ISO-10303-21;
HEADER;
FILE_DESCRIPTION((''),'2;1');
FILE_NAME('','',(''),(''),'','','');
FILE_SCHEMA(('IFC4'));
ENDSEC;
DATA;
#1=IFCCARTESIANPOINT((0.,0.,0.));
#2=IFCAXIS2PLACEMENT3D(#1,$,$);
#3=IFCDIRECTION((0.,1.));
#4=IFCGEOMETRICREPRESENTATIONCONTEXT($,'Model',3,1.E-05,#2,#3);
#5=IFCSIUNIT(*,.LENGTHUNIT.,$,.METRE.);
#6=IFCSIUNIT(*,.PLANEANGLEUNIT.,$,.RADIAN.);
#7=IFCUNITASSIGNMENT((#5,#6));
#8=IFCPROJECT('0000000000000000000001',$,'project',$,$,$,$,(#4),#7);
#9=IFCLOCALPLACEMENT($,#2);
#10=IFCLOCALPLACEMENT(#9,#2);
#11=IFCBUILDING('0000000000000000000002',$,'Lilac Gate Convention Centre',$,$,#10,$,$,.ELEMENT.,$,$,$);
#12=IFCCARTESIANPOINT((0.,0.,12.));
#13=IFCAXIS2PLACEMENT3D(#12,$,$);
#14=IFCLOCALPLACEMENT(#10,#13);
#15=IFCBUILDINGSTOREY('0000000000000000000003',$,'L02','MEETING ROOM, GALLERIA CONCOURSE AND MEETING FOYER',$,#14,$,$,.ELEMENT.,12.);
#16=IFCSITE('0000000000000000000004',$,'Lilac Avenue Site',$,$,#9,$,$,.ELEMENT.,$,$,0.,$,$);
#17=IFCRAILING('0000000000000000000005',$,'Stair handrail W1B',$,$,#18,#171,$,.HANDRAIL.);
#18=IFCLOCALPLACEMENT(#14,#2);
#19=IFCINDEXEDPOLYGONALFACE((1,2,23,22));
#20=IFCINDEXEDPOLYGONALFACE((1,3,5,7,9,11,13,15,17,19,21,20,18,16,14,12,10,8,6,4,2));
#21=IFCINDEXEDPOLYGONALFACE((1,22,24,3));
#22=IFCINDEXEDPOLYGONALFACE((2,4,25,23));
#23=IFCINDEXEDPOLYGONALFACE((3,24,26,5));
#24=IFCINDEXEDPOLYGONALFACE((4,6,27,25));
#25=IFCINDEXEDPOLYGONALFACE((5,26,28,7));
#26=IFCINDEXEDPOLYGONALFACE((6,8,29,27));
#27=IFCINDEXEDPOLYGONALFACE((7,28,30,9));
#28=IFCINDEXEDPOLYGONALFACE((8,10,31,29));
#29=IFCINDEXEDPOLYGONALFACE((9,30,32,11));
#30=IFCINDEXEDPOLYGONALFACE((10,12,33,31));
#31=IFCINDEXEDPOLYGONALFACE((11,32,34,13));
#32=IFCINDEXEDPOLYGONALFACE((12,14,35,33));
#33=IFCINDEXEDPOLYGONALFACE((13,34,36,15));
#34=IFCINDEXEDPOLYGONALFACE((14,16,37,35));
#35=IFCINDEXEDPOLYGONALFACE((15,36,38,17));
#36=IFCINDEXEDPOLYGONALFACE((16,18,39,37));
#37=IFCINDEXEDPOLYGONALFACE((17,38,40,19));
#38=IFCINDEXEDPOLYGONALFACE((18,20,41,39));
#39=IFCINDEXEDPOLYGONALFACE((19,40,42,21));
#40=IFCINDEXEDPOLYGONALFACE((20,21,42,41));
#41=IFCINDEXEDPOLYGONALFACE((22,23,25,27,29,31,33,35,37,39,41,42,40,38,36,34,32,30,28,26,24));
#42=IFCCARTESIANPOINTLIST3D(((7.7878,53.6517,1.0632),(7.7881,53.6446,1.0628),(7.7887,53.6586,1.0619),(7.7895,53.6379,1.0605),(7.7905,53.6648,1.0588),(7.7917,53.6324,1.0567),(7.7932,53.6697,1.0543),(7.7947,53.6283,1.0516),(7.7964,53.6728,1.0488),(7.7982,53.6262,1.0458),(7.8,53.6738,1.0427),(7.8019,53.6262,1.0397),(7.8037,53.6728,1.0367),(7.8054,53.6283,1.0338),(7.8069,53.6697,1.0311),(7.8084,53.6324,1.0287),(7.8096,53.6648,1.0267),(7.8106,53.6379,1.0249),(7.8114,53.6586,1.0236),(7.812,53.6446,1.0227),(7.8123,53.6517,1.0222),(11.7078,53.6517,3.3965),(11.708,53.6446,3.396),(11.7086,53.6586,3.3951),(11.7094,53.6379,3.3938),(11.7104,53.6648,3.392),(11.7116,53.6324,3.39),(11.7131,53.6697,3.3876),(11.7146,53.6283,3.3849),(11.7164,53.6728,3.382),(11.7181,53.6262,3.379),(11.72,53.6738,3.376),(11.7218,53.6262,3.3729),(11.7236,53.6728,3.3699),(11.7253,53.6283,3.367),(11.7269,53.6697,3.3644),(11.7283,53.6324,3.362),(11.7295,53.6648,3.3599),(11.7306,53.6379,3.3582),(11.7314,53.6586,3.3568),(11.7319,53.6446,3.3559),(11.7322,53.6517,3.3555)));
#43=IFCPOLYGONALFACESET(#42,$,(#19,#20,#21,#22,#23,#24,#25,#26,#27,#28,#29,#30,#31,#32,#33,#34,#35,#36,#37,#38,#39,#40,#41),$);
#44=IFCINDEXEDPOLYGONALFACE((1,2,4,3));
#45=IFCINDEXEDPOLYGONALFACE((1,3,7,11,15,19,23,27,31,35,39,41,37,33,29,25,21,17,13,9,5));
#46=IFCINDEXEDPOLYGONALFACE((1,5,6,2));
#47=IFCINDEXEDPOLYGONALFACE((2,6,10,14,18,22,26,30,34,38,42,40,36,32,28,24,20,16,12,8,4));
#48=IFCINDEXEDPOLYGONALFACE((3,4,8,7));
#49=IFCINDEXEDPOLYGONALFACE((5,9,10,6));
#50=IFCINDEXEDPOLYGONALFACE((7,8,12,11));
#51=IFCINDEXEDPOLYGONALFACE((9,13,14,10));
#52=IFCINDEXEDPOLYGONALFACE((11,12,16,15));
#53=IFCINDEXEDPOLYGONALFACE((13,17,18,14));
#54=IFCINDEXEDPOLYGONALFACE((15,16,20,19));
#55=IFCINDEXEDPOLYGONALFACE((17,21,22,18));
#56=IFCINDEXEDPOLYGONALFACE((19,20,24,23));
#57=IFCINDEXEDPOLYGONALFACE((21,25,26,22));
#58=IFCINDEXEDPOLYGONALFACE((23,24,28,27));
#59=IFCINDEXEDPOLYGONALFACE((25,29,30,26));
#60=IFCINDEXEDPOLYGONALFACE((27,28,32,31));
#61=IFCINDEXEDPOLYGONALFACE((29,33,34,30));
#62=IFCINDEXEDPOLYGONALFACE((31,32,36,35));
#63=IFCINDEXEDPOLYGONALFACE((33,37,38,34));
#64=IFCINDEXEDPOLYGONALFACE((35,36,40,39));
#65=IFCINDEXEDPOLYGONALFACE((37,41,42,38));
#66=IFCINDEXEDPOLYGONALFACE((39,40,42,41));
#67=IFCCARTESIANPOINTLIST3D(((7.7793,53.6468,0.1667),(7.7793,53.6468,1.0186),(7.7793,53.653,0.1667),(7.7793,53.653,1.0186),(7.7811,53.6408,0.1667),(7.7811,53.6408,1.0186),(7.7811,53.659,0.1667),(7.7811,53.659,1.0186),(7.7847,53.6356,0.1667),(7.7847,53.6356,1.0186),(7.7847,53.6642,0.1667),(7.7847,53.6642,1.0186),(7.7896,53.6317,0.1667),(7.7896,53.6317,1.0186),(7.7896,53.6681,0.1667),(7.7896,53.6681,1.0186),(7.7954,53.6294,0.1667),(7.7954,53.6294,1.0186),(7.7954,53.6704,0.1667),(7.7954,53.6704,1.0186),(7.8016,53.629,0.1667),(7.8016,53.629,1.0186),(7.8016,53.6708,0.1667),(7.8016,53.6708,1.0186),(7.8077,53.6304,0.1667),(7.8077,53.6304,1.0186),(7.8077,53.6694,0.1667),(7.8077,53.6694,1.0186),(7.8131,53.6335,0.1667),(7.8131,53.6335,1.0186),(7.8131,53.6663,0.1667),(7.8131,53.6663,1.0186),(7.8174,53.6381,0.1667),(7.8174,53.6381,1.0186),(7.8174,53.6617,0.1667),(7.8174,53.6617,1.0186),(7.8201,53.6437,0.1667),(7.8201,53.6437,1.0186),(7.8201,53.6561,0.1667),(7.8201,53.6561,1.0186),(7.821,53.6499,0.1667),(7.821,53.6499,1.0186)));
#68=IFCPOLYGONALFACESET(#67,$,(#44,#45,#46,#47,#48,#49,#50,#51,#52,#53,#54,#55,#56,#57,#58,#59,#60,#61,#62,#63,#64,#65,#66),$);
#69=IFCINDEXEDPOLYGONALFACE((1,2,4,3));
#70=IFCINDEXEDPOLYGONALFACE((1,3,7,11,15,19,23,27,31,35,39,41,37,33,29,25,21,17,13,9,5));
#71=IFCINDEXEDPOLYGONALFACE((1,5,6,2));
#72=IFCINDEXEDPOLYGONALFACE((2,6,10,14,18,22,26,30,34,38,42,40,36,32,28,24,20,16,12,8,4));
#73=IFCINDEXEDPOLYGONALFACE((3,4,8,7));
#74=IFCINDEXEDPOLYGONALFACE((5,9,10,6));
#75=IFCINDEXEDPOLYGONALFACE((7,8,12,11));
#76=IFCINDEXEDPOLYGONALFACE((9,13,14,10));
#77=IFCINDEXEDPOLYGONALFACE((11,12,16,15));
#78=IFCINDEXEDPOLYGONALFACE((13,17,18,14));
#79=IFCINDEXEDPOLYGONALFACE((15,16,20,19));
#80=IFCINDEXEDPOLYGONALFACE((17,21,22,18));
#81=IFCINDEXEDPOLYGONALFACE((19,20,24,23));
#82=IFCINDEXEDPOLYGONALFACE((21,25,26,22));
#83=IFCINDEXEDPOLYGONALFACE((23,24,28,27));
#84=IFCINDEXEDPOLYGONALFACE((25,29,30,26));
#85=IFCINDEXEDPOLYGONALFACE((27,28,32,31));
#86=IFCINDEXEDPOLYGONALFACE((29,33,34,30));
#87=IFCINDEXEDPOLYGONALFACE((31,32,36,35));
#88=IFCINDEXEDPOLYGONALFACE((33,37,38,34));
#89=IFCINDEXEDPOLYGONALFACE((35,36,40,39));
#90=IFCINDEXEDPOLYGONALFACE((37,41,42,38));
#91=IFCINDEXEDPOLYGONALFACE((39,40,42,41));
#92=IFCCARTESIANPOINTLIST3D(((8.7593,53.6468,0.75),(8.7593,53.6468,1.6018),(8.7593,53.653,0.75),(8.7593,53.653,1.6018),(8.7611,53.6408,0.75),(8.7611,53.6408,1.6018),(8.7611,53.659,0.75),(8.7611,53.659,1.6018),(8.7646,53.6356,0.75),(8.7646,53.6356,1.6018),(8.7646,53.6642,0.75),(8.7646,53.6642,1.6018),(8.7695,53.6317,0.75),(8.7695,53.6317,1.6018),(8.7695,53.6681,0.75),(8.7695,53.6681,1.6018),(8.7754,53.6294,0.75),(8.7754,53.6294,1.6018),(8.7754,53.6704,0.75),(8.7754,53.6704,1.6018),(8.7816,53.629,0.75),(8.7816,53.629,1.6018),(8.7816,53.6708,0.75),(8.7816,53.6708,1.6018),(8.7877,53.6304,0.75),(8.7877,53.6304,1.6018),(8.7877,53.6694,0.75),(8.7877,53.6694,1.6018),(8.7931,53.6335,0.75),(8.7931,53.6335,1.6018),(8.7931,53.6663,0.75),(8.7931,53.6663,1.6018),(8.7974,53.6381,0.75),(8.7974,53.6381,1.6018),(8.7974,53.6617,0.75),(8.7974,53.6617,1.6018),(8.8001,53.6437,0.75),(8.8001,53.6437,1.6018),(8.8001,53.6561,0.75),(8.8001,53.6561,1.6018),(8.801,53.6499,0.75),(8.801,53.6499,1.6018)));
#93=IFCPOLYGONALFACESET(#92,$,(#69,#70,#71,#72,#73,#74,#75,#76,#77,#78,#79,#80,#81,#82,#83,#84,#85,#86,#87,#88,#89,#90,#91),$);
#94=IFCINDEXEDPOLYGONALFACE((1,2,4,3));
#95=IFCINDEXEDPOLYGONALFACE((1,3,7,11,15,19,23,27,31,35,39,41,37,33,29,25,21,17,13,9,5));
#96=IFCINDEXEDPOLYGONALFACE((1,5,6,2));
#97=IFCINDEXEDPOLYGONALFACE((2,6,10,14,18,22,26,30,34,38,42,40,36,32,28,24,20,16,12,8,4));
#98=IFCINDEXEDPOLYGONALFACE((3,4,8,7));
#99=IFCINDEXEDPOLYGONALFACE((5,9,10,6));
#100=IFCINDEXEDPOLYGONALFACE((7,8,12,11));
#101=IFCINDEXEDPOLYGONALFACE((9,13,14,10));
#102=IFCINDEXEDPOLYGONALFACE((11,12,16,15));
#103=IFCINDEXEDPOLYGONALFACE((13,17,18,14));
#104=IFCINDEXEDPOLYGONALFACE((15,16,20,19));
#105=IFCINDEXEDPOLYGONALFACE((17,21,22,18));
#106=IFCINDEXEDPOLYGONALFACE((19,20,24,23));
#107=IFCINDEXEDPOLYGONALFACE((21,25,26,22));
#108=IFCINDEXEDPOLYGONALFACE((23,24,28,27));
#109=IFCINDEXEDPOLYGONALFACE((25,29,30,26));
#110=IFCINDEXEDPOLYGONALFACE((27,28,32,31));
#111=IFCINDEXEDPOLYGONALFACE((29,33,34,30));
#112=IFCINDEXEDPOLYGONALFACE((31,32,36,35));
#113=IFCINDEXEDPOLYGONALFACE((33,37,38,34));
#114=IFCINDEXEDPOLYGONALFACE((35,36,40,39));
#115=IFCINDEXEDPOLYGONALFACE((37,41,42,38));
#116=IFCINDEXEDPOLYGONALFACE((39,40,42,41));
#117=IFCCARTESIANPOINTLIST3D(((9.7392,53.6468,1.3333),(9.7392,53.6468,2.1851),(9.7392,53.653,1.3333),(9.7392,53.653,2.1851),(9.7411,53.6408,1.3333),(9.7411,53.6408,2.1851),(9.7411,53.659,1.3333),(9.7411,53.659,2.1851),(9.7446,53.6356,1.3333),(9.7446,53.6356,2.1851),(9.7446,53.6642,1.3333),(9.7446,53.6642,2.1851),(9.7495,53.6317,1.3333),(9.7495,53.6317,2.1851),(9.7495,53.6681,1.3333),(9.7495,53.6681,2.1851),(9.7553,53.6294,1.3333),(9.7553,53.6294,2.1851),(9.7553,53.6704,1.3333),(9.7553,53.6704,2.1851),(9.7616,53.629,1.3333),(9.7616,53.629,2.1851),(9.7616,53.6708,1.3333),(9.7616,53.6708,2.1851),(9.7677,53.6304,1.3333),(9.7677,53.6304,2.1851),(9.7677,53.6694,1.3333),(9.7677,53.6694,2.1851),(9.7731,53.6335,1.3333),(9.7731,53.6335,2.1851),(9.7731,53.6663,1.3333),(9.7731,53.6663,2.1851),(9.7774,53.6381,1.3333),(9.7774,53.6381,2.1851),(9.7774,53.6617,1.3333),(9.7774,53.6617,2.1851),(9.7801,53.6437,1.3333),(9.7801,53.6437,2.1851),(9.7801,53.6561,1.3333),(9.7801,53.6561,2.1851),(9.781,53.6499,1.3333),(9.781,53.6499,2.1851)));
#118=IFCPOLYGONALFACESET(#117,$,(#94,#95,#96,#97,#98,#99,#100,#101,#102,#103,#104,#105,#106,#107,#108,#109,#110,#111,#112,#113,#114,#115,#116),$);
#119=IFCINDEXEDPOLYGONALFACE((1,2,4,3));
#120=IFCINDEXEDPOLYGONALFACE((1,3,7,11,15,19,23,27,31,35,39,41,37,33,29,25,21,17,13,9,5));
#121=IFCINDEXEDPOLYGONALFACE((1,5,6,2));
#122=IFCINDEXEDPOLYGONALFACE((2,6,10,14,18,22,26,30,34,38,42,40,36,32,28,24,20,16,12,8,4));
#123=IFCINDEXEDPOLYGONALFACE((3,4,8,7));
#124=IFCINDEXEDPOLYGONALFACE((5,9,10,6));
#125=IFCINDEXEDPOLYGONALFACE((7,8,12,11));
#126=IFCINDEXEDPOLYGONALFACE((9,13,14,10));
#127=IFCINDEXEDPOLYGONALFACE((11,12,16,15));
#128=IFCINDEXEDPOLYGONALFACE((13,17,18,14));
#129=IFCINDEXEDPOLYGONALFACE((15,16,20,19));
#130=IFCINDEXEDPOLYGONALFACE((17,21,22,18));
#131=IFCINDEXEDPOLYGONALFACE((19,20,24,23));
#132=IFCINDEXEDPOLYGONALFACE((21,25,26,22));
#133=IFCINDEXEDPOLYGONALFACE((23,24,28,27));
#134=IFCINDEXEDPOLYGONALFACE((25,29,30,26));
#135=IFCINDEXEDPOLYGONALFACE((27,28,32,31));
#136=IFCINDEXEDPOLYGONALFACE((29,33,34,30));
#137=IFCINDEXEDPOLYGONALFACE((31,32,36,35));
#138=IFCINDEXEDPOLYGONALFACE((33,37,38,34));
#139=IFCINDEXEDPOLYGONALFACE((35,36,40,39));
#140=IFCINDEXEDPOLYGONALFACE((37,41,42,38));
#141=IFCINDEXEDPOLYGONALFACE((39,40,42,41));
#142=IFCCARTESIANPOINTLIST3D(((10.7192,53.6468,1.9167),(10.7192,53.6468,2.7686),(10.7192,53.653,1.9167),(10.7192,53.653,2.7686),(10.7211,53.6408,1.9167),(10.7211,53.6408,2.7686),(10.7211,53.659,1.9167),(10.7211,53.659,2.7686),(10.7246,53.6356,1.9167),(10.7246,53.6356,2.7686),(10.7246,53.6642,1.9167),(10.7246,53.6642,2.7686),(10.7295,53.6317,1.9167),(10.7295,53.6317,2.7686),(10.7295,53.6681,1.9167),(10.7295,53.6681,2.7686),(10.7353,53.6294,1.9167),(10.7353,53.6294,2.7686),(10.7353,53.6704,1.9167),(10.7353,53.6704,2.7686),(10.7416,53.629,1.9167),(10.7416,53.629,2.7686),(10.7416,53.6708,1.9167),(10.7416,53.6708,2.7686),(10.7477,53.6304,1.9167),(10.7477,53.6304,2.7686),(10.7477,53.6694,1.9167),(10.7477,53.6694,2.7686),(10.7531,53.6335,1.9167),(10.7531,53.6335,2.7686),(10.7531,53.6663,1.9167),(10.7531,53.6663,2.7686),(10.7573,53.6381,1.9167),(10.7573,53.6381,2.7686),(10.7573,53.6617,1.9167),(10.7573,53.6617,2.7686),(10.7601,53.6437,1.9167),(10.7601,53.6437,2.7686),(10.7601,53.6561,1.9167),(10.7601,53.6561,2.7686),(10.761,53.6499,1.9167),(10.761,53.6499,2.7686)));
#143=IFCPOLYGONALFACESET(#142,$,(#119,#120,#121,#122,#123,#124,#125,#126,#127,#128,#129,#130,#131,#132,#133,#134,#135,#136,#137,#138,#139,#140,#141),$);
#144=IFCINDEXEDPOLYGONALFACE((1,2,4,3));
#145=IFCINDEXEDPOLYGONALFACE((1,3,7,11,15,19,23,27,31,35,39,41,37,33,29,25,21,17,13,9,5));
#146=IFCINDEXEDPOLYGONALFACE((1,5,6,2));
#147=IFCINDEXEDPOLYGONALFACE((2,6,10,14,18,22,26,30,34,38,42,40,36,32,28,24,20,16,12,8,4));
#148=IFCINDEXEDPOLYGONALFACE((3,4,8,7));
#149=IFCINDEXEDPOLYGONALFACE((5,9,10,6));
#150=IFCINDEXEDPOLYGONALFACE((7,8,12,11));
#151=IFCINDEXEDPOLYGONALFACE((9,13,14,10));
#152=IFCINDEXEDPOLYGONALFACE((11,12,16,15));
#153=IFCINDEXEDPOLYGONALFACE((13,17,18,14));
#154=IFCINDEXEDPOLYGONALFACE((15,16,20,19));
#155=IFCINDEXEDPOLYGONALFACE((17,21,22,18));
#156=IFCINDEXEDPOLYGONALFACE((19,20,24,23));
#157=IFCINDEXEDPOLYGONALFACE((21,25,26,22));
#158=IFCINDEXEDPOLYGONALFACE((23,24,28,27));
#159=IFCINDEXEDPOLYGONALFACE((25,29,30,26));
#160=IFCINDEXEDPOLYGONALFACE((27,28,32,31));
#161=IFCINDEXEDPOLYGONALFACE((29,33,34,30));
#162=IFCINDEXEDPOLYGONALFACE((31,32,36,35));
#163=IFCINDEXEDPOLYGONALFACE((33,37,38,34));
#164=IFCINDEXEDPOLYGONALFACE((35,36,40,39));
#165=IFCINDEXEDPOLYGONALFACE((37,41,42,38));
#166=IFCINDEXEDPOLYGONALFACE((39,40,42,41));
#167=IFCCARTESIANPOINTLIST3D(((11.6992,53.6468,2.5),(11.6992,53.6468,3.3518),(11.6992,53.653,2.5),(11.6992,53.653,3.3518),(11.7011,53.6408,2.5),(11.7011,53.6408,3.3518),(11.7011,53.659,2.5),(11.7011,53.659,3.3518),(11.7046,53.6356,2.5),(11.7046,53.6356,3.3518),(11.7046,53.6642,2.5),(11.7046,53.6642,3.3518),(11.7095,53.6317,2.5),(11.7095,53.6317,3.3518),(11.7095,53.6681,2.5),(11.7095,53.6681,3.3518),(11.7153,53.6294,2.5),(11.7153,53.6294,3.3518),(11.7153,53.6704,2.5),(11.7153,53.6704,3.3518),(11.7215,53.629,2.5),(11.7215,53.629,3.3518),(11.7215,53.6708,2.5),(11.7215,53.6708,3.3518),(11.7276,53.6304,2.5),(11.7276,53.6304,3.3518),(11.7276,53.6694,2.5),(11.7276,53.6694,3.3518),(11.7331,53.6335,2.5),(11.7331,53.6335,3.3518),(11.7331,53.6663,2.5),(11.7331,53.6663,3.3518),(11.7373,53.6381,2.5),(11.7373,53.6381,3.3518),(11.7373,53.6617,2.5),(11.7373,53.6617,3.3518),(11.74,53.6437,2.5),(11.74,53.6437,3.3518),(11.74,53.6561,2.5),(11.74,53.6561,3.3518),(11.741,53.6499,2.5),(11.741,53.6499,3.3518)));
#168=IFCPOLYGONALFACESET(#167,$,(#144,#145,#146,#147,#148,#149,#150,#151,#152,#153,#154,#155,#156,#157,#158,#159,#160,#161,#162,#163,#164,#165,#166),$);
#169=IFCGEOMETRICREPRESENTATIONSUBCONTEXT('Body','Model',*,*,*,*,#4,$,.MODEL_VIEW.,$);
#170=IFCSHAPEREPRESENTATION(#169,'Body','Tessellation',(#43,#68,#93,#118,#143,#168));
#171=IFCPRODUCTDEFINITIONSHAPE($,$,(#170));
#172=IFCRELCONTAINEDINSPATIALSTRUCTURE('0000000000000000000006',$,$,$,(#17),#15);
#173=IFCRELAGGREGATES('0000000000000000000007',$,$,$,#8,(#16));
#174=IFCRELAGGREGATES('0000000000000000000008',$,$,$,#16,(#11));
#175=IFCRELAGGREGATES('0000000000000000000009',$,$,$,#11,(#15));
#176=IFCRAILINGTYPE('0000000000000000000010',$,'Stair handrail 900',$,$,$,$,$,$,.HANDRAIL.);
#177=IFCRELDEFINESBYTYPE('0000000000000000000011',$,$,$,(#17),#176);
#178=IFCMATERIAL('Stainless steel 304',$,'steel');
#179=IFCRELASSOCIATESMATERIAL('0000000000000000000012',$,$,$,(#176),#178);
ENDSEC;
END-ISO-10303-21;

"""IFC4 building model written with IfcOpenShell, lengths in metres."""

from ifc_helpers import new_model, si_unit, direction, frame, origin, origin_2d, place, context, subcontext, project, spatial, circle, extrude, material, type_object, element, save


model = new_model("IFC4")

# Units and contexts
model_context = context("Model", 3, precision=1e-05, world=origin(), true_north=direction((0.0, 1.0)))
body_context = subcontext(model_context, "Body", "Model", "MODEL_VIEW")
ifc_project = project(units=[si_unit("LENGTHUNIT", "METRE"), si_unit("PLANEANGLEUNIT", "RADIAN")], contexts=[model_context])

# Site, building, storey
site_placement = place(None, origin())
site = spatial("IfcSite", under=ifc_project, at=site_placement, Name="Lilac Avenue Site", CompositionType="ELEMENT", RefElevation=0.0)
building_placement = place(site_placement, origin())
building = spatial("IfcBuilding", under=site, at=building_placement, Name="Lilac Gate Convention Centre", CompositionType="ELEMENT")
storey_placement = place(building_placement, frame((0.0, 0.0, 12.0)))
storey = spatial("IfcBuildingStorey", under=building, at=storey_placement, Name="L02", Description="MEETING ROOM, GALLERIA CONCOURSE AND MEETING FOYER", CompositionType="ELEMENT", Elevation=12.0)

# Railing
ifc_material_1 = material(Name="Stainless steel 304", Category="steel")
railing_type = type_object("IfcRailingType", Name="Stair handrail 900", PredefinedType="HANDRAIL", material=ifc_material_1)
for number, where, name in (
    (1, (7.8, 53.6499, 0.1667), "Stair handrail W1B"),
):
    element("IfcRailing", number, at=place(storey_placement, frame(where)), inside=storey, type_object=railing_type, Name=name, PredefinedType="HANDRAIL", context=body_context, shape_type="SweptSolid", body=[
        extrude(circle(Radius=0.0239, at=origin_2d()), frame((0.0, 0.0, 0.876), z_axis=(0.859296, 0.0, 0.511478), x_axis=(0.0, 1.0, 0.0)), (0.0, 0.0, 1.0), 4.5618),
        extrude(circle(Radius=0.021, at=origin_2d()), origin(), (0.0, 0.0, 1.0), 0.8518),
        extrude(circle(Radius=0.021, at=origin_2d()), frame((0.98, 0.0, 0.5833)), (0.0, 0.0, 1.0), 0.8518),
        extrude(circle(Radius=0.021, at=origin_2d()), frame((1.96, 0.0, 1.1665)), (0.0, 0.0, 1.0), 0.8518),
        extrude(circle(Radius=0.021, at=origin_2d()), frame((2.9399, 0.0, 1.75)), (0.0, 0.0, 1.0), 0.8518),
        extrude(circle(Radius=0.021, at=origin_2d()), frame((3.9199, 0.0, 2.3333)), (0.0, 0.0, 1.0), 0.8518),
    ])

save(model, "model.ifc")
